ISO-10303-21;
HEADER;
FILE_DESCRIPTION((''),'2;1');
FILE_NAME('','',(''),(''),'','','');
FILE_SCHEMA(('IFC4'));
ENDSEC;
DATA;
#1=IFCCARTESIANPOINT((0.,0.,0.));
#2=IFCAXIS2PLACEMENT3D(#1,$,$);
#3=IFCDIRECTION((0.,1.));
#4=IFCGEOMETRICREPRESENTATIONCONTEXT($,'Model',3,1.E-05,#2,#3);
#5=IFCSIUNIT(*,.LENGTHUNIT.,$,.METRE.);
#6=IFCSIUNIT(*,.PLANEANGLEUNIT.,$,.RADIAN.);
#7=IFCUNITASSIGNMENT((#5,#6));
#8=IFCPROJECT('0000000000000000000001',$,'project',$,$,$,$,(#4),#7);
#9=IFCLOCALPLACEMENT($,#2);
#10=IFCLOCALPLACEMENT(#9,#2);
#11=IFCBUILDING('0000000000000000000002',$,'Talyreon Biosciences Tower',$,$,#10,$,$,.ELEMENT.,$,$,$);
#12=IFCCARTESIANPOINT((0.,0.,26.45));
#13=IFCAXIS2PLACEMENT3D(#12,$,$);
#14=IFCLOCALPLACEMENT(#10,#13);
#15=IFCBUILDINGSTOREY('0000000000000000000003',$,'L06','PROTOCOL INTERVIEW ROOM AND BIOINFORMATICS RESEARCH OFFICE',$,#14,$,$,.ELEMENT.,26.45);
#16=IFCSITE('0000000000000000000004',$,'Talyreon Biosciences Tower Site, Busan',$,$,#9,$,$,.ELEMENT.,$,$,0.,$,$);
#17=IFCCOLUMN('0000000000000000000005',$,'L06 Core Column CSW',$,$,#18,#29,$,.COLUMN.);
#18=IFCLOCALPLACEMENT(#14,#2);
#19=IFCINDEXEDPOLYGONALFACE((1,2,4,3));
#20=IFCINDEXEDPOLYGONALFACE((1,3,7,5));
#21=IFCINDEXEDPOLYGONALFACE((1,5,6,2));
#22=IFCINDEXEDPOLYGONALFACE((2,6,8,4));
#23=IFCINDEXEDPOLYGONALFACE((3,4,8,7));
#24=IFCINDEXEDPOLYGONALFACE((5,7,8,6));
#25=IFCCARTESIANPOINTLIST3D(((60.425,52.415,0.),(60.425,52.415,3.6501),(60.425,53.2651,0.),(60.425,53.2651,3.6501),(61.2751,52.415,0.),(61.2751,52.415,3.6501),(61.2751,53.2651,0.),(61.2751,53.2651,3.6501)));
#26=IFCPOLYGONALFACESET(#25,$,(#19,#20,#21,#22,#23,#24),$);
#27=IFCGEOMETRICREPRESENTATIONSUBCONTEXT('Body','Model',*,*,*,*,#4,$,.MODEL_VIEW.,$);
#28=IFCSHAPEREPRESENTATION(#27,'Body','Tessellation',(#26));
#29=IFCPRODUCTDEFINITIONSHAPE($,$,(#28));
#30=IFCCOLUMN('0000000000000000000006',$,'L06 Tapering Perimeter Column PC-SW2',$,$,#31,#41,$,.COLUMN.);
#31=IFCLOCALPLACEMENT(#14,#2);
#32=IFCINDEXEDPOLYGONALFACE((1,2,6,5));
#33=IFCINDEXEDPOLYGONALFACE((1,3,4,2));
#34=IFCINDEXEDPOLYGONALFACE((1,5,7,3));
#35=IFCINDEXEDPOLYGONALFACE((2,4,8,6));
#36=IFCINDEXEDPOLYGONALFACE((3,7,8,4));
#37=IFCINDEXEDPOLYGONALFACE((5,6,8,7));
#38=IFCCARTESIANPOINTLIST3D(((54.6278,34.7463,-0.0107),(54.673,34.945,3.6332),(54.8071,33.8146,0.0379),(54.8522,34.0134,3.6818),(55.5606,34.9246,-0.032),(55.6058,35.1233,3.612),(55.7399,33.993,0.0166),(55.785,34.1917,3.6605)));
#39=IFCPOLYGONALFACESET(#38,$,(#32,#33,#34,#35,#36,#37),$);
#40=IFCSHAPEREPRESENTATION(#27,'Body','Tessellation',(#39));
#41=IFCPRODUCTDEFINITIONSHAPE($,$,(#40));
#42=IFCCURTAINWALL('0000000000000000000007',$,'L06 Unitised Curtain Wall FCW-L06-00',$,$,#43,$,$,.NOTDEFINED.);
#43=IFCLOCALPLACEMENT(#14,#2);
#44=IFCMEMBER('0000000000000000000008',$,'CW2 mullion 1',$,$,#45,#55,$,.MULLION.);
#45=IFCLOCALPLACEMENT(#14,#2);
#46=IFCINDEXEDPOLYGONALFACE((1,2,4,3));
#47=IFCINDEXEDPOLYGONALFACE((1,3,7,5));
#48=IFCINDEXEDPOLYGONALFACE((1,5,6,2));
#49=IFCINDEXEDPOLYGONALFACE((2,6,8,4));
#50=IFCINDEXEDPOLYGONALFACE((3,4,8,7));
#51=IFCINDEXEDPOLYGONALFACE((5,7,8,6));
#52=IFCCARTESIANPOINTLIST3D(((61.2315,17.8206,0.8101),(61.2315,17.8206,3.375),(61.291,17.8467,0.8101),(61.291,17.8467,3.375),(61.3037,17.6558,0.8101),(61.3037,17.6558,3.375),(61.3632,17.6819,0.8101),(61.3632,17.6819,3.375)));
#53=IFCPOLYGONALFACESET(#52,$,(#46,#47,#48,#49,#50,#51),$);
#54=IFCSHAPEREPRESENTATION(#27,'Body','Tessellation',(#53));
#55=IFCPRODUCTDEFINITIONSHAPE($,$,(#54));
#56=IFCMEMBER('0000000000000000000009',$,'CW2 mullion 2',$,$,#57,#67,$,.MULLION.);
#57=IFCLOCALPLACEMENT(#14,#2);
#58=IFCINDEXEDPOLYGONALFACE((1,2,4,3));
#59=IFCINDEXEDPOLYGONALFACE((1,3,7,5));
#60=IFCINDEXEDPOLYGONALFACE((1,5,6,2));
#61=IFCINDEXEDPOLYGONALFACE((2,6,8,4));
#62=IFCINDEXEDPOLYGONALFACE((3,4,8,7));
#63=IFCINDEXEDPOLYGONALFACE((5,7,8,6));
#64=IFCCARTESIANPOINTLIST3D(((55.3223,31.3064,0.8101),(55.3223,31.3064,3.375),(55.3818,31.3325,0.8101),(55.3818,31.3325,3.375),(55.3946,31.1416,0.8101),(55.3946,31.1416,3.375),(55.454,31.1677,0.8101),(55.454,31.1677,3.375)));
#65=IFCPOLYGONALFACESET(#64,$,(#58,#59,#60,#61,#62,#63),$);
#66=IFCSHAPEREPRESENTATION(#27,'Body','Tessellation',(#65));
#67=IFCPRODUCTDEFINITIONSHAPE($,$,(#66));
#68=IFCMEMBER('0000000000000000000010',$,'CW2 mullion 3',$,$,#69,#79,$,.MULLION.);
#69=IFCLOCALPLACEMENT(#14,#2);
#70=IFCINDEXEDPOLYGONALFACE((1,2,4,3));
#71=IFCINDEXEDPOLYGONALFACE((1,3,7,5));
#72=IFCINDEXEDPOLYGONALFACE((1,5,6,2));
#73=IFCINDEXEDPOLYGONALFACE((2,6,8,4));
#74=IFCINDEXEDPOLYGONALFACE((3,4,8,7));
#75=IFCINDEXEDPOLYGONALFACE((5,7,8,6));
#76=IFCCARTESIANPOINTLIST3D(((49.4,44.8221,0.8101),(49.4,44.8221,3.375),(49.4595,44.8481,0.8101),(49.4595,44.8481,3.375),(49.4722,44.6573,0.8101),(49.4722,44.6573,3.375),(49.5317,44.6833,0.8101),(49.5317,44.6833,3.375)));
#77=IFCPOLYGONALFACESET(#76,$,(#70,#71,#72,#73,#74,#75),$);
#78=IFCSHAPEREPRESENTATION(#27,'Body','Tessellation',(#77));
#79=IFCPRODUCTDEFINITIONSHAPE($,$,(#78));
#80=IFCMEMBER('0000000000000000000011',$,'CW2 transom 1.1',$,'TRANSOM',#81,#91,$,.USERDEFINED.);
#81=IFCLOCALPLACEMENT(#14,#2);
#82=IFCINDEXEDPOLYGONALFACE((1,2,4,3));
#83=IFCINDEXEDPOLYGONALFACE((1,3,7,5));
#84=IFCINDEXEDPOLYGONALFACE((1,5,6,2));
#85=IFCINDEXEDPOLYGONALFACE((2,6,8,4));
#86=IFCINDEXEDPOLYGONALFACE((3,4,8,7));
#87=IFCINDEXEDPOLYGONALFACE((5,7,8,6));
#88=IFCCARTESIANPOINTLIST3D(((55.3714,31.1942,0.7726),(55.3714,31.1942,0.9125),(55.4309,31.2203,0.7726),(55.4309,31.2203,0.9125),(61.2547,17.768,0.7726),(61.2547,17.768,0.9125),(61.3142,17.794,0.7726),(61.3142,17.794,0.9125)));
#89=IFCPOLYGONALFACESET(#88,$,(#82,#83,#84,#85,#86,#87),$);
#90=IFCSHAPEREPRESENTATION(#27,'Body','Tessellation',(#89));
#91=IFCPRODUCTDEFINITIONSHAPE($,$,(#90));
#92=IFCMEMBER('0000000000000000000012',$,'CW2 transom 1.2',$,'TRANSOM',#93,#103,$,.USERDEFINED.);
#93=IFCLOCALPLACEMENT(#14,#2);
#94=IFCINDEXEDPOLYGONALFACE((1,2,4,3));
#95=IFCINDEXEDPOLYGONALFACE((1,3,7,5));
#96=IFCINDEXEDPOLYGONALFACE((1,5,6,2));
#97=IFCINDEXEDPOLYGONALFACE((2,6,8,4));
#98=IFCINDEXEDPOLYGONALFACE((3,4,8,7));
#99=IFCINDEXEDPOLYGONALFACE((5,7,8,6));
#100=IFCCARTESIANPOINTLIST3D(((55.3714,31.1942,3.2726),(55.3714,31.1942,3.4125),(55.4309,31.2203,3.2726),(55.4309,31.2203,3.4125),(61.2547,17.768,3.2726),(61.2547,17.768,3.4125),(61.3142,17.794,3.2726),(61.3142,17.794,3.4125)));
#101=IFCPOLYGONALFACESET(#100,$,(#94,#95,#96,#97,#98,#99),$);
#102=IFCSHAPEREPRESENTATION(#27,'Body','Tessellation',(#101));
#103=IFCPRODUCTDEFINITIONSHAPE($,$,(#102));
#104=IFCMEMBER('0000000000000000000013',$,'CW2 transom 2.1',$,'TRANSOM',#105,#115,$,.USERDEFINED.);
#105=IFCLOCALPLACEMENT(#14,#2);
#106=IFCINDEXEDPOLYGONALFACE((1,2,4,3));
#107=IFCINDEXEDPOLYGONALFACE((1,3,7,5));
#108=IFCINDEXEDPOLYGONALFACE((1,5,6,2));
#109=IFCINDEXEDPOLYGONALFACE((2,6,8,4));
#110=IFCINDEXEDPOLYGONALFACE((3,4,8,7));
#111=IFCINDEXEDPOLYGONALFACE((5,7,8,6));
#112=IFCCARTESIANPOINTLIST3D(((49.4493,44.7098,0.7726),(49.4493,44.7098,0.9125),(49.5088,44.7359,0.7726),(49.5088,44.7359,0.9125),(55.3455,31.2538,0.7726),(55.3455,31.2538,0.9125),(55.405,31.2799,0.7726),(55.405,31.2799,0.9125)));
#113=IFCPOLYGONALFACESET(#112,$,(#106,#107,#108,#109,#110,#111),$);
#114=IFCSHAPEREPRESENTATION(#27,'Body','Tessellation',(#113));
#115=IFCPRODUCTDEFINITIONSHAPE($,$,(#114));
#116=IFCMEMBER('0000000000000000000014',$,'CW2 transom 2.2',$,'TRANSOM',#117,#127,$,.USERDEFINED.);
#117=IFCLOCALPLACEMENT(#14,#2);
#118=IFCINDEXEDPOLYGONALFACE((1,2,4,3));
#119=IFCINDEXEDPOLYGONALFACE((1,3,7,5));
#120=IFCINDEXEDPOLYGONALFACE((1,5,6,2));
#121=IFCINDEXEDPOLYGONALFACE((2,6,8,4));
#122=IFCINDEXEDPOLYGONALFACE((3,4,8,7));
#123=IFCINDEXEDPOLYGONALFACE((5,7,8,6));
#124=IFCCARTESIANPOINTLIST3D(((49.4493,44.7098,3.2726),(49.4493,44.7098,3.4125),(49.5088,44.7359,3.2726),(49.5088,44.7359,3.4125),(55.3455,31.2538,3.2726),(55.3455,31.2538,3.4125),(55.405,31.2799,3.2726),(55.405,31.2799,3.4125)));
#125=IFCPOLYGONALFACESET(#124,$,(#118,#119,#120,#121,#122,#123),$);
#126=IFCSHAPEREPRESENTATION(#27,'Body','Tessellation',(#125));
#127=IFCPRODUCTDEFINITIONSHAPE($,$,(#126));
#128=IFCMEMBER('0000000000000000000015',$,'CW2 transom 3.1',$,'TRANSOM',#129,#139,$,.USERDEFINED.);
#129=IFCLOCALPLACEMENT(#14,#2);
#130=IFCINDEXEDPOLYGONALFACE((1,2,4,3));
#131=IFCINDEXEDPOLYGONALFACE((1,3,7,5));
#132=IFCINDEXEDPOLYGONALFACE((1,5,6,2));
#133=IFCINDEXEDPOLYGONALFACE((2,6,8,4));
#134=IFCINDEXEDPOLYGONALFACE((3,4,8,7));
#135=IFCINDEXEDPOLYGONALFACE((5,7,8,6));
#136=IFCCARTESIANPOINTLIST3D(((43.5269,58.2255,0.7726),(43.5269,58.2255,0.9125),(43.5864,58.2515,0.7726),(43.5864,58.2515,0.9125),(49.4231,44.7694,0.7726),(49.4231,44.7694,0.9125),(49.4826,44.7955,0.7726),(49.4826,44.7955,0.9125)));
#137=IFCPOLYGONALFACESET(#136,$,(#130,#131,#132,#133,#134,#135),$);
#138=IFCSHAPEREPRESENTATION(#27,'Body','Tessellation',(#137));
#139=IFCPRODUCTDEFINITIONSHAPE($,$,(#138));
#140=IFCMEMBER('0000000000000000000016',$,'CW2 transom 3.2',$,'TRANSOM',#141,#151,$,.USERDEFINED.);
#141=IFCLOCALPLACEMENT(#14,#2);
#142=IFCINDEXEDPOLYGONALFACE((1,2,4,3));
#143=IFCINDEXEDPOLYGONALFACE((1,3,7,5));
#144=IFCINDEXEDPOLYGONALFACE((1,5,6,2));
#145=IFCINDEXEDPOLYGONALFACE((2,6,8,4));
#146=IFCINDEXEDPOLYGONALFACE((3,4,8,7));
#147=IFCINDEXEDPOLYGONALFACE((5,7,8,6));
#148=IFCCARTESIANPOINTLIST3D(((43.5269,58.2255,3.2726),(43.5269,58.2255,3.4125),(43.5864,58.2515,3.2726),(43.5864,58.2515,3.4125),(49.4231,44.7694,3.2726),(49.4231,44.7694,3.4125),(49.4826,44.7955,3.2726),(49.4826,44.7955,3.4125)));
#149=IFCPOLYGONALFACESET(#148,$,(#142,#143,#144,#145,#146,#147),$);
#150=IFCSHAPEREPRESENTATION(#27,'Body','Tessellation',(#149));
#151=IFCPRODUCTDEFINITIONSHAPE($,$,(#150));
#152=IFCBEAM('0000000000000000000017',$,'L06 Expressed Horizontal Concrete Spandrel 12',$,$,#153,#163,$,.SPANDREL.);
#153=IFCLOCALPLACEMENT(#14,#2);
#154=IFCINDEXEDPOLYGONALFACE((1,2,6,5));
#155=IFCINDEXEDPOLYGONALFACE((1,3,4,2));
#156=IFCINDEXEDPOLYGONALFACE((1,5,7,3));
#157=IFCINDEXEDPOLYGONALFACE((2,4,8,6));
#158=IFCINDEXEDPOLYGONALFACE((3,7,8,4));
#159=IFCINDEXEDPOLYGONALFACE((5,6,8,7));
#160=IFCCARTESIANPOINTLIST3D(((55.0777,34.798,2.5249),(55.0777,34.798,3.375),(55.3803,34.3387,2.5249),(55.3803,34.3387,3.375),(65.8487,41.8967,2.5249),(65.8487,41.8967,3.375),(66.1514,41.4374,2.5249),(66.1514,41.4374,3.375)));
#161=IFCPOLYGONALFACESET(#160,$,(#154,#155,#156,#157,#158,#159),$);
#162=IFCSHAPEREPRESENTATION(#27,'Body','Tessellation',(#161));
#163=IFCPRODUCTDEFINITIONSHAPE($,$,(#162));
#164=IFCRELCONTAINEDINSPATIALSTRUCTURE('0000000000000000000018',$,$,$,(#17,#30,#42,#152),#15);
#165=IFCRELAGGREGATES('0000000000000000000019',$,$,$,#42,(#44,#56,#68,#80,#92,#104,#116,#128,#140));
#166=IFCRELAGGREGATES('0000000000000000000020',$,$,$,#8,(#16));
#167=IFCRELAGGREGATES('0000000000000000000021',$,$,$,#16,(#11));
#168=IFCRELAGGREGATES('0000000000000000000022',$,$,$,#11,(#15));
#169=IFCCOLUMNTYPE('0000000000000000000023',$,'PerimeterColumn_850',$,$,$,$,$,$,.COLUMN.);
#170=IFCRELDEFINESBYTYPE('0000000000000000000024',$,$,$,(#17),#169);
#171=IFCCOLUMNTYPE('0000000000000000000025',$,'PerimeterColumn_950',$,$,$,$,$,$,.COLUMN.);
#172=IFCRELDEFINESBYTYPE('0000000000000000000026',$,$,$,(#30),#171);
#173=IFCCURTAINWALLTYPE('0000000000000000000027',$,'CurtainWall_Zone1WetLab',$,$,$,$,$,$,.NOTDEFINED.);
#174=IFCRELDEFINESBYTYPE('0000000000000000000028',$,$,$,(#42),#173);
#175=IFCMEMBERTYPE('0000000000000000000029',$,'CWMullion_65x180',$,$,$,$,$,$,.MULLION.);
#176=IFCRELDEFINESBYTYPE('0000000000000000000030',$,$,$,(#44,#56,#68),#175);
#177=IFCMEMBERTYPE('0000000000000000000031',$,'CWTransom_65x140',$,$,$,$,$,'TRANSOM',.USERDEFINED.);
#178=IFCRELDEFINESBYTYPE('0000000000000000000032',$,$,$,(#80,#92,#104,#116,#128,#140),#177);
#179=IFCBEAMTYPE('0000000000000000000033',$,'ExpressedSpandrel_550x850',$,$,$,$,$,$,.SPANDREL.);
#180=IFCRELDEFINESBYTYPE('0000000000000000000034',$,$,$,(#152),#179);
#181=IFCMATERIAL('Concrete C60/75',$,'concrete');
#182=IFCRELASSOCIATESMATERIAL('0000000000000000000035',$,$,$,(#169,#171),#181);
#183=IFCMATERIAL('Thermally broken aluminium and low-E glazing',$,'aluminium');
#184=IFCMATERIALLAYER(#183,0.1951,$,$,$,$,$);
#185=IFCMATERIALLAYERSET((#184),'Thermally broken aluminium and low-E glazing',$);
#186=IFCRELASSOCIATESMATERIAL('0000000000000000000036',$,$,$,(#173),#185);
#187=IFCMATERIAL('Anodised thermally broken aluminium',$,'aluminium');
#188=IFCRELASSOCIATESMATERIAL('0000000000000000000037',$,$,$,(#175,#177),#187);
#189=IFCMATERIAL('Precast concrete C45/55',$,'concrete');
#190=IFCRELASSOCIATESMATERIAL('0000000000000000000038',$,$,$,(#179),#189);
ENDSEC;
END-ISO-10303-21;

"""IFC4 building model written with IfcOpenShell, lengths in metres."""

from ifc_helpers import new_model, si_unit, direction, frame, origin, origin_2d, place, context, subcontext, project, spatial, rectangle, extrude, material, layer, layer_set, material_profile, profile_set, type_object, element, aggregate, save


model = new_model("IFC4")

# Units and contexts
model_context = context("Model", 3, precision=1e-05, world=origin(), true_north=direction((0.0, 1.0)))
body_context = subcontext(model_context, "Body", "Model", "MODEL_VIEW")
ifc_project = project(units=[si_unit("LENGTHUNIT", "METRE"), si_unit("PLANEANGLEUNIT", "RADIAN")], contexts=[model_context])

# Site, building, storey
site_placement = place(None, origin())
site = spatial("IfcSite", under=ifc_project, at=site_placement, Name="Talyreon Biosciences Tower Site, Busan", CompositionType="ELEMENT", RefElevation=0.0)
building_placement = place(site_placement, origin())
building = spatial("IfcBuilding", under=site, at=building_placement, Name="Talyreon Biosciences Tower", CompositionType="ELEMENT")
storey_placement = place(building_placement, frame((0.0, 0.0, 26.45)))
storey = spatial("IfcBuildingStorey", under=building, at=storey_placement, Name="L06", Description="PROTOCOL INTERVIEW ROOM AND BIOINFORMATICS RESEARCH OFFICE", CompositionType="ELEMENT", Elevation=26.45)

# Columns
ifc_material_1 = material(Name="Concrete C60/75", Category="concrete")
ifc_material_profile_1 = material_profile(ifc_material_1, rectangle(XDim=0.8501, YDim=0.8501, at=origin_2d()), Name="RC 850x850")
ifc_profile_set_1 = profile_set([ifc_material_profile_1], Name="Concrete C60/75")
column_type_1 = type_object("IfcColumnType", Name="PerimeterColumn_850", PredefinedType="COLUMN", material=ifc_profile_set_1)
column_1_placement = place(storey_placement, frame((60.8501, 52.8401, 0.0), z_axis=(0.0, 0.0, 1.0), x_axis=(1.0, 0.0, 0.0)))
element("IfcColumn", 1, at=column_1_placement, inside=storey, type_object=column_type_1, Name="L06 Core Column CSW", PredefinedType="COLUMN", context=body_context, shape_type="SweptSolid", body=[
    extrude(rectangle(XDim=0.8501, YDim=0.8501, at=origin_2d()), origin(), (0.0, 0.0, 1.0), 3.6501),
])
ifc_material_profile_2 = material_profile(ifc_material_1, rectangle(XDim=0.95, YDim=0.95, at=origin_2d()), Name="RC 950x950")
ifc_profile_set_2 = profile_set([ifc_material_profile_2], Name="Concrete C60/75")
column_type_2 = type_object("IfcColumnType", Name="PerimeterColumn_950", PredefinedType="COLUMN", material=ifc_profile_set_2)
column_2_placement = place(storey_placement, frame((55.1838, 34.3696, 0.0029), z_axis=(0.012375, 0.054451, 0.99844), x_axis=(-0.188688, 0.980704, -0.051145)))
element("IfcColumn", 2, at=column_2_placement, inside=storey, type_object=column_type_2, Name="L06 Tapering Perimeter Column PC-SW2", PredefinedType="COLUMN", context=body_context, shape_type="SweptSolid", body=[
    extrude(rectangle(XDim=0.95, YDim=0.95, at=origin_2d()), origin(), (0.0, 0.0, 1.0), 3.6497),
])

# Curtain wall, members
ifc_material_2 = material(Name="Thermally broken aluminium and low-E glazing", Category="aluminium")
ifc_layer_1 = layer(ifc_material_2, 0.1951)
ifc_layer_set_1 = layer_set([ifc_layer_1], Name="Thermally broken aluminium and low-E glazing")
curtain_wall_type = type_object("IfcCurtainWallType", Name="CurtainWall_Zone1WetLab", PredefinedType="NOTDEFINED", material=ifc_layer_set_1)
curtain_wall_placement = place(storey_placement, origin())
curtain_wall = element("IfcCurtainWall", 3, at=curtain_wall_placement, inside=storey, type_object=curtain_wall_type, Name="L06 Unitised Curtain Wall FCW-L06-00", PredefinedType="NOTDEFINED")
ifc_material_3 = material(Name="Anodised thermally broken aluminium", Category="aluminium")
ifc_material_profile_3 = material_profile(ifc_material_3, rectangle(XDim=0.0649, YDim=0.1799, at=origin_2d()), Name="ALUM MULLION 65x180")
ifc_profile_set_3 = profile_set([ifc_material_profile_3], Name="Anodised thermally broken aluminium")
member_type_1 = type_object("IfcMemberType", Name="CWMullion_65x180", PredefinedType="MULLION", material=ifc_profile_set_3)
member_1_placement = place(storey_placement, frame((61.2974, 17.7512, 0.8101), z_axis=(0.0, 0.0, 1.0), x_axis=(-0.915927, -0.401345, 0.0)))
member_1 = element("IfcMember", 4, at=member_1_placement, type_object=member_type_1, Name="CW2 mullion 1", PredefinedType="MULLION", context=body_context, shape_type="SweptSolid", body=[
    extrude(rectangle(XDim=0.0649, YDim=0.1799, at=origin_2d()), origin(), (0.0, 0.0, 1.0), 2.5649),
])
member_2_placement = place(storey_placement, frame((55.3882, 31.2371, 0.8101), z_axis=(0.0, 0.0, 1.0), x_axis=(-0.915927, -0.401345, 0.0)))
member_2 = element("IfcMember", 5, at=member_2_placement, type_object=member_type_1, Name="CW2 mullion 2", PredefinedType="MULLION", context=body_context, shape_type="SweptSolid", body=[
    extrude(rectangle(XDim=0.0649, YDim=0.1799, at=origin_2d()), origin(), (0.0, 0.0, 1.0), 2.5649),
])
member_3_placement = place(storey_placement, frame((49.4658, 44.7527, 0.8101), z_axis=(0.0, 0.0, 1.0), x_axis=(-0.915927, -0.401345, 0.0)))
member_3 = element("IfcMember", 6, at=member_3_placement, type_object=member_type_1, Name="CW2 mullion 3", PredefinedType="MULLION", context=body_context, shape_type="SweptSolid", body=[
    extrude(rectangle(XDim=0.0649, YDim=0.1799, at=origin_2d()), origin(), (0.0, 0.0, 1.0), 2.5649),
])
ifc_material_profile_4 = material_profile(ifc_material_3, rectangle(XDim=0.0649, YDim=0.1399, at=origin_2d()), Name="ALUM TRANSOM 65x140")
ifc_profile_set_4 = profile_set([ifc_material_profile_4], Name="Anodised thermally broken aluminium")
member_type_2 = type_object("IfcMemberType", Name="CWTransom_65x140", ElementType="TRANSOM", PredefinedType="USERDEFINED", material=ifc_profile_set_4)
member_4_placement = place(storey_placement, frame((61.2844, 17.781, 0.8425), z_axis=(-0.401352, 0.915924, 0.0), x_axis=(-0.915924, -0.401352, 0.0)))
member_4 = element("IfcMember", 7, at=member_4_placement, type_object=member_type_2, Name="CW2 transom 1.1", ObjectType="TRANSOM", PredefinedType="USERDEFINED", context=body_context, shape_type="SweptSolid", body=[
    extrude(rectangle(XDim=0.0649, YDim=0.1399, at=origin_2d()), origin(), (0.0, 0.0, 1.0), 14.6587),
])
member_5_placement = place(storey_placement, frame((61.2844, 17.781, 3.3425), z_axis=(-0.401352, 0.915924, 0.0), x_axis=(-0.915924, -0.401352, 0.0)))
member_5 = element("IfcMember", 8, at=member_5_placement, type_object=member_type_2, Name="CW2 transom 1.2", ObjectType="TRANSOM", PredefinedType="USERDEFINED", context=body_context, shape_type="SweptSolid", body=[
    extrude(rectangle(XDim=0.0649, YDim=0.1399, at=origin_2d()), origin(), (0.0, 0.0, 1.0), 14.6587),
])
member_6_placement = place(storey_placement, frame((55.3752, 31.2668, 0.8425), z_axis=(-0.401345, 0.915927, 0.0), x_axis=(-0.915927, -0.401345, 0.0)))
member_6 = element("IfcMember", 9, at=member_6_placement, type_object=member_type_2, Name="CW2 transom 2.1", ObjectType="TRANSOM", PredefinedType="USERDEFINED", context=body_context, shape_type="SweptSolid", body=[
    extrude(rectangle(XDim=0.0649, YDim=0.1399, at=origin_2d()), origin(), (0.0, 0.0, 1.0), 14.6912),
])
member_7_placement = place(storey_placement, frame((55.3752, 31.2668, 3.3425), z_axis=(-0.401345, 0.915927, 0.0), x_axis=(-0.915927, -0.401345, 0.0)))
member_7 = element("IfcMember", 10, at=member_7_placement, type_object=member_type_2, Name="CW2 transom 2.2", ObjectType="TRANSOM", PredefinedType="USERDEFINED", context=body_context, shape_type="SweptSolid", body=[
    extrude(rectangle(XDim=0.0649, YDim=0.1399, at=origin_2d()), origin(), (0.0, 0.0, 1.0), 14.6912),
])
member_8_placement = place(storey_placement, frame((49.4529, 44.7825, 0.8425), z_axis=(-0.401345, 0.915927, 0.0), x_axis=(-0.915927, -0.401345, 0.0)))
member_8 = element("IfcMember", 11, at=member_8_placement, type_object=member_type_2, Name="CW2 transom 3.1", ObjectType="TRANSOM", PredefinedType="USERDEFINED", context=body_context, shape_type="SweptSolid", body=[
    extrude(rectangle(XDim=0.0649, YDim=0.1399, at=origin_2d()), origin(), (0.0, 0.0, 1.0), 14.6912),
])
member_9_placement = place(storey_placement, frame((49.4529, 44.7825, 3.3425), z_axis=(-0.401345, 0.915927, 0.0), x_axis=(-0.915927, -0.401345, 0.0)))
member_9 = element("IfcMember", 12, at=member_9_placement, type_object=member_type_2, Name="CW2 transom 3.2", ObjectType="TRANSOM", PredefinedType="USERDEFINED", context=body_context, shape_type="SweptSolid", body=[
    extrude(rectangle(XDim=0.0649, YDim=0.1399, at=origin_2d()), origin(), (0.0, 0.0, 1.0), 14.6912),
])

# Beam
ifc_material_4 = material(Name="Precast concrete C45/55", Category="concrete")
ifc_material_profile_5 = material_profile(ifc_material_4, rectangle(XDim=0.55, YDim=0.8501, at=origin_2d()), Name="RCB 550x850")
ifc_profile_set_5 = profile_set([ifc_material_profile_5], Name="Precast concrete C45/55")
beam_type_1 = type_object("IfcBeamType", Name="ExpressedSpandrel_550x850", PredefinedType="SPANDREL", material=ifc_profile_set_5)
beam_1_placement = place(storey_placement, frame((55.229, 34.5684, 2.95), z_axis=(0.834974, 0.55029, 0.0), x_axis=(-0.55029, 0.834974, 0.0)))
element("IfcBeam", 13, at=beam_1_placement, inside=storey, type_object=beam_type_1, Name="L06 Expressed Horizontal Concrete Spandrel 12", PredefinedType="SPANDREL", context=body_context, shape_type="SweptSolid", body=[
    extrude(rectangle(XDim=0.55, YDim=0.8501, at=origin_2d()), origin(), (0.0, 0.0, 1.0), 12.8999),
])

aggregate(curtain_wall, [member_1, member_2, member_3, member_4, member_5, member_6, member_7, member_8, member_9])

save(model, "model.ifc")
